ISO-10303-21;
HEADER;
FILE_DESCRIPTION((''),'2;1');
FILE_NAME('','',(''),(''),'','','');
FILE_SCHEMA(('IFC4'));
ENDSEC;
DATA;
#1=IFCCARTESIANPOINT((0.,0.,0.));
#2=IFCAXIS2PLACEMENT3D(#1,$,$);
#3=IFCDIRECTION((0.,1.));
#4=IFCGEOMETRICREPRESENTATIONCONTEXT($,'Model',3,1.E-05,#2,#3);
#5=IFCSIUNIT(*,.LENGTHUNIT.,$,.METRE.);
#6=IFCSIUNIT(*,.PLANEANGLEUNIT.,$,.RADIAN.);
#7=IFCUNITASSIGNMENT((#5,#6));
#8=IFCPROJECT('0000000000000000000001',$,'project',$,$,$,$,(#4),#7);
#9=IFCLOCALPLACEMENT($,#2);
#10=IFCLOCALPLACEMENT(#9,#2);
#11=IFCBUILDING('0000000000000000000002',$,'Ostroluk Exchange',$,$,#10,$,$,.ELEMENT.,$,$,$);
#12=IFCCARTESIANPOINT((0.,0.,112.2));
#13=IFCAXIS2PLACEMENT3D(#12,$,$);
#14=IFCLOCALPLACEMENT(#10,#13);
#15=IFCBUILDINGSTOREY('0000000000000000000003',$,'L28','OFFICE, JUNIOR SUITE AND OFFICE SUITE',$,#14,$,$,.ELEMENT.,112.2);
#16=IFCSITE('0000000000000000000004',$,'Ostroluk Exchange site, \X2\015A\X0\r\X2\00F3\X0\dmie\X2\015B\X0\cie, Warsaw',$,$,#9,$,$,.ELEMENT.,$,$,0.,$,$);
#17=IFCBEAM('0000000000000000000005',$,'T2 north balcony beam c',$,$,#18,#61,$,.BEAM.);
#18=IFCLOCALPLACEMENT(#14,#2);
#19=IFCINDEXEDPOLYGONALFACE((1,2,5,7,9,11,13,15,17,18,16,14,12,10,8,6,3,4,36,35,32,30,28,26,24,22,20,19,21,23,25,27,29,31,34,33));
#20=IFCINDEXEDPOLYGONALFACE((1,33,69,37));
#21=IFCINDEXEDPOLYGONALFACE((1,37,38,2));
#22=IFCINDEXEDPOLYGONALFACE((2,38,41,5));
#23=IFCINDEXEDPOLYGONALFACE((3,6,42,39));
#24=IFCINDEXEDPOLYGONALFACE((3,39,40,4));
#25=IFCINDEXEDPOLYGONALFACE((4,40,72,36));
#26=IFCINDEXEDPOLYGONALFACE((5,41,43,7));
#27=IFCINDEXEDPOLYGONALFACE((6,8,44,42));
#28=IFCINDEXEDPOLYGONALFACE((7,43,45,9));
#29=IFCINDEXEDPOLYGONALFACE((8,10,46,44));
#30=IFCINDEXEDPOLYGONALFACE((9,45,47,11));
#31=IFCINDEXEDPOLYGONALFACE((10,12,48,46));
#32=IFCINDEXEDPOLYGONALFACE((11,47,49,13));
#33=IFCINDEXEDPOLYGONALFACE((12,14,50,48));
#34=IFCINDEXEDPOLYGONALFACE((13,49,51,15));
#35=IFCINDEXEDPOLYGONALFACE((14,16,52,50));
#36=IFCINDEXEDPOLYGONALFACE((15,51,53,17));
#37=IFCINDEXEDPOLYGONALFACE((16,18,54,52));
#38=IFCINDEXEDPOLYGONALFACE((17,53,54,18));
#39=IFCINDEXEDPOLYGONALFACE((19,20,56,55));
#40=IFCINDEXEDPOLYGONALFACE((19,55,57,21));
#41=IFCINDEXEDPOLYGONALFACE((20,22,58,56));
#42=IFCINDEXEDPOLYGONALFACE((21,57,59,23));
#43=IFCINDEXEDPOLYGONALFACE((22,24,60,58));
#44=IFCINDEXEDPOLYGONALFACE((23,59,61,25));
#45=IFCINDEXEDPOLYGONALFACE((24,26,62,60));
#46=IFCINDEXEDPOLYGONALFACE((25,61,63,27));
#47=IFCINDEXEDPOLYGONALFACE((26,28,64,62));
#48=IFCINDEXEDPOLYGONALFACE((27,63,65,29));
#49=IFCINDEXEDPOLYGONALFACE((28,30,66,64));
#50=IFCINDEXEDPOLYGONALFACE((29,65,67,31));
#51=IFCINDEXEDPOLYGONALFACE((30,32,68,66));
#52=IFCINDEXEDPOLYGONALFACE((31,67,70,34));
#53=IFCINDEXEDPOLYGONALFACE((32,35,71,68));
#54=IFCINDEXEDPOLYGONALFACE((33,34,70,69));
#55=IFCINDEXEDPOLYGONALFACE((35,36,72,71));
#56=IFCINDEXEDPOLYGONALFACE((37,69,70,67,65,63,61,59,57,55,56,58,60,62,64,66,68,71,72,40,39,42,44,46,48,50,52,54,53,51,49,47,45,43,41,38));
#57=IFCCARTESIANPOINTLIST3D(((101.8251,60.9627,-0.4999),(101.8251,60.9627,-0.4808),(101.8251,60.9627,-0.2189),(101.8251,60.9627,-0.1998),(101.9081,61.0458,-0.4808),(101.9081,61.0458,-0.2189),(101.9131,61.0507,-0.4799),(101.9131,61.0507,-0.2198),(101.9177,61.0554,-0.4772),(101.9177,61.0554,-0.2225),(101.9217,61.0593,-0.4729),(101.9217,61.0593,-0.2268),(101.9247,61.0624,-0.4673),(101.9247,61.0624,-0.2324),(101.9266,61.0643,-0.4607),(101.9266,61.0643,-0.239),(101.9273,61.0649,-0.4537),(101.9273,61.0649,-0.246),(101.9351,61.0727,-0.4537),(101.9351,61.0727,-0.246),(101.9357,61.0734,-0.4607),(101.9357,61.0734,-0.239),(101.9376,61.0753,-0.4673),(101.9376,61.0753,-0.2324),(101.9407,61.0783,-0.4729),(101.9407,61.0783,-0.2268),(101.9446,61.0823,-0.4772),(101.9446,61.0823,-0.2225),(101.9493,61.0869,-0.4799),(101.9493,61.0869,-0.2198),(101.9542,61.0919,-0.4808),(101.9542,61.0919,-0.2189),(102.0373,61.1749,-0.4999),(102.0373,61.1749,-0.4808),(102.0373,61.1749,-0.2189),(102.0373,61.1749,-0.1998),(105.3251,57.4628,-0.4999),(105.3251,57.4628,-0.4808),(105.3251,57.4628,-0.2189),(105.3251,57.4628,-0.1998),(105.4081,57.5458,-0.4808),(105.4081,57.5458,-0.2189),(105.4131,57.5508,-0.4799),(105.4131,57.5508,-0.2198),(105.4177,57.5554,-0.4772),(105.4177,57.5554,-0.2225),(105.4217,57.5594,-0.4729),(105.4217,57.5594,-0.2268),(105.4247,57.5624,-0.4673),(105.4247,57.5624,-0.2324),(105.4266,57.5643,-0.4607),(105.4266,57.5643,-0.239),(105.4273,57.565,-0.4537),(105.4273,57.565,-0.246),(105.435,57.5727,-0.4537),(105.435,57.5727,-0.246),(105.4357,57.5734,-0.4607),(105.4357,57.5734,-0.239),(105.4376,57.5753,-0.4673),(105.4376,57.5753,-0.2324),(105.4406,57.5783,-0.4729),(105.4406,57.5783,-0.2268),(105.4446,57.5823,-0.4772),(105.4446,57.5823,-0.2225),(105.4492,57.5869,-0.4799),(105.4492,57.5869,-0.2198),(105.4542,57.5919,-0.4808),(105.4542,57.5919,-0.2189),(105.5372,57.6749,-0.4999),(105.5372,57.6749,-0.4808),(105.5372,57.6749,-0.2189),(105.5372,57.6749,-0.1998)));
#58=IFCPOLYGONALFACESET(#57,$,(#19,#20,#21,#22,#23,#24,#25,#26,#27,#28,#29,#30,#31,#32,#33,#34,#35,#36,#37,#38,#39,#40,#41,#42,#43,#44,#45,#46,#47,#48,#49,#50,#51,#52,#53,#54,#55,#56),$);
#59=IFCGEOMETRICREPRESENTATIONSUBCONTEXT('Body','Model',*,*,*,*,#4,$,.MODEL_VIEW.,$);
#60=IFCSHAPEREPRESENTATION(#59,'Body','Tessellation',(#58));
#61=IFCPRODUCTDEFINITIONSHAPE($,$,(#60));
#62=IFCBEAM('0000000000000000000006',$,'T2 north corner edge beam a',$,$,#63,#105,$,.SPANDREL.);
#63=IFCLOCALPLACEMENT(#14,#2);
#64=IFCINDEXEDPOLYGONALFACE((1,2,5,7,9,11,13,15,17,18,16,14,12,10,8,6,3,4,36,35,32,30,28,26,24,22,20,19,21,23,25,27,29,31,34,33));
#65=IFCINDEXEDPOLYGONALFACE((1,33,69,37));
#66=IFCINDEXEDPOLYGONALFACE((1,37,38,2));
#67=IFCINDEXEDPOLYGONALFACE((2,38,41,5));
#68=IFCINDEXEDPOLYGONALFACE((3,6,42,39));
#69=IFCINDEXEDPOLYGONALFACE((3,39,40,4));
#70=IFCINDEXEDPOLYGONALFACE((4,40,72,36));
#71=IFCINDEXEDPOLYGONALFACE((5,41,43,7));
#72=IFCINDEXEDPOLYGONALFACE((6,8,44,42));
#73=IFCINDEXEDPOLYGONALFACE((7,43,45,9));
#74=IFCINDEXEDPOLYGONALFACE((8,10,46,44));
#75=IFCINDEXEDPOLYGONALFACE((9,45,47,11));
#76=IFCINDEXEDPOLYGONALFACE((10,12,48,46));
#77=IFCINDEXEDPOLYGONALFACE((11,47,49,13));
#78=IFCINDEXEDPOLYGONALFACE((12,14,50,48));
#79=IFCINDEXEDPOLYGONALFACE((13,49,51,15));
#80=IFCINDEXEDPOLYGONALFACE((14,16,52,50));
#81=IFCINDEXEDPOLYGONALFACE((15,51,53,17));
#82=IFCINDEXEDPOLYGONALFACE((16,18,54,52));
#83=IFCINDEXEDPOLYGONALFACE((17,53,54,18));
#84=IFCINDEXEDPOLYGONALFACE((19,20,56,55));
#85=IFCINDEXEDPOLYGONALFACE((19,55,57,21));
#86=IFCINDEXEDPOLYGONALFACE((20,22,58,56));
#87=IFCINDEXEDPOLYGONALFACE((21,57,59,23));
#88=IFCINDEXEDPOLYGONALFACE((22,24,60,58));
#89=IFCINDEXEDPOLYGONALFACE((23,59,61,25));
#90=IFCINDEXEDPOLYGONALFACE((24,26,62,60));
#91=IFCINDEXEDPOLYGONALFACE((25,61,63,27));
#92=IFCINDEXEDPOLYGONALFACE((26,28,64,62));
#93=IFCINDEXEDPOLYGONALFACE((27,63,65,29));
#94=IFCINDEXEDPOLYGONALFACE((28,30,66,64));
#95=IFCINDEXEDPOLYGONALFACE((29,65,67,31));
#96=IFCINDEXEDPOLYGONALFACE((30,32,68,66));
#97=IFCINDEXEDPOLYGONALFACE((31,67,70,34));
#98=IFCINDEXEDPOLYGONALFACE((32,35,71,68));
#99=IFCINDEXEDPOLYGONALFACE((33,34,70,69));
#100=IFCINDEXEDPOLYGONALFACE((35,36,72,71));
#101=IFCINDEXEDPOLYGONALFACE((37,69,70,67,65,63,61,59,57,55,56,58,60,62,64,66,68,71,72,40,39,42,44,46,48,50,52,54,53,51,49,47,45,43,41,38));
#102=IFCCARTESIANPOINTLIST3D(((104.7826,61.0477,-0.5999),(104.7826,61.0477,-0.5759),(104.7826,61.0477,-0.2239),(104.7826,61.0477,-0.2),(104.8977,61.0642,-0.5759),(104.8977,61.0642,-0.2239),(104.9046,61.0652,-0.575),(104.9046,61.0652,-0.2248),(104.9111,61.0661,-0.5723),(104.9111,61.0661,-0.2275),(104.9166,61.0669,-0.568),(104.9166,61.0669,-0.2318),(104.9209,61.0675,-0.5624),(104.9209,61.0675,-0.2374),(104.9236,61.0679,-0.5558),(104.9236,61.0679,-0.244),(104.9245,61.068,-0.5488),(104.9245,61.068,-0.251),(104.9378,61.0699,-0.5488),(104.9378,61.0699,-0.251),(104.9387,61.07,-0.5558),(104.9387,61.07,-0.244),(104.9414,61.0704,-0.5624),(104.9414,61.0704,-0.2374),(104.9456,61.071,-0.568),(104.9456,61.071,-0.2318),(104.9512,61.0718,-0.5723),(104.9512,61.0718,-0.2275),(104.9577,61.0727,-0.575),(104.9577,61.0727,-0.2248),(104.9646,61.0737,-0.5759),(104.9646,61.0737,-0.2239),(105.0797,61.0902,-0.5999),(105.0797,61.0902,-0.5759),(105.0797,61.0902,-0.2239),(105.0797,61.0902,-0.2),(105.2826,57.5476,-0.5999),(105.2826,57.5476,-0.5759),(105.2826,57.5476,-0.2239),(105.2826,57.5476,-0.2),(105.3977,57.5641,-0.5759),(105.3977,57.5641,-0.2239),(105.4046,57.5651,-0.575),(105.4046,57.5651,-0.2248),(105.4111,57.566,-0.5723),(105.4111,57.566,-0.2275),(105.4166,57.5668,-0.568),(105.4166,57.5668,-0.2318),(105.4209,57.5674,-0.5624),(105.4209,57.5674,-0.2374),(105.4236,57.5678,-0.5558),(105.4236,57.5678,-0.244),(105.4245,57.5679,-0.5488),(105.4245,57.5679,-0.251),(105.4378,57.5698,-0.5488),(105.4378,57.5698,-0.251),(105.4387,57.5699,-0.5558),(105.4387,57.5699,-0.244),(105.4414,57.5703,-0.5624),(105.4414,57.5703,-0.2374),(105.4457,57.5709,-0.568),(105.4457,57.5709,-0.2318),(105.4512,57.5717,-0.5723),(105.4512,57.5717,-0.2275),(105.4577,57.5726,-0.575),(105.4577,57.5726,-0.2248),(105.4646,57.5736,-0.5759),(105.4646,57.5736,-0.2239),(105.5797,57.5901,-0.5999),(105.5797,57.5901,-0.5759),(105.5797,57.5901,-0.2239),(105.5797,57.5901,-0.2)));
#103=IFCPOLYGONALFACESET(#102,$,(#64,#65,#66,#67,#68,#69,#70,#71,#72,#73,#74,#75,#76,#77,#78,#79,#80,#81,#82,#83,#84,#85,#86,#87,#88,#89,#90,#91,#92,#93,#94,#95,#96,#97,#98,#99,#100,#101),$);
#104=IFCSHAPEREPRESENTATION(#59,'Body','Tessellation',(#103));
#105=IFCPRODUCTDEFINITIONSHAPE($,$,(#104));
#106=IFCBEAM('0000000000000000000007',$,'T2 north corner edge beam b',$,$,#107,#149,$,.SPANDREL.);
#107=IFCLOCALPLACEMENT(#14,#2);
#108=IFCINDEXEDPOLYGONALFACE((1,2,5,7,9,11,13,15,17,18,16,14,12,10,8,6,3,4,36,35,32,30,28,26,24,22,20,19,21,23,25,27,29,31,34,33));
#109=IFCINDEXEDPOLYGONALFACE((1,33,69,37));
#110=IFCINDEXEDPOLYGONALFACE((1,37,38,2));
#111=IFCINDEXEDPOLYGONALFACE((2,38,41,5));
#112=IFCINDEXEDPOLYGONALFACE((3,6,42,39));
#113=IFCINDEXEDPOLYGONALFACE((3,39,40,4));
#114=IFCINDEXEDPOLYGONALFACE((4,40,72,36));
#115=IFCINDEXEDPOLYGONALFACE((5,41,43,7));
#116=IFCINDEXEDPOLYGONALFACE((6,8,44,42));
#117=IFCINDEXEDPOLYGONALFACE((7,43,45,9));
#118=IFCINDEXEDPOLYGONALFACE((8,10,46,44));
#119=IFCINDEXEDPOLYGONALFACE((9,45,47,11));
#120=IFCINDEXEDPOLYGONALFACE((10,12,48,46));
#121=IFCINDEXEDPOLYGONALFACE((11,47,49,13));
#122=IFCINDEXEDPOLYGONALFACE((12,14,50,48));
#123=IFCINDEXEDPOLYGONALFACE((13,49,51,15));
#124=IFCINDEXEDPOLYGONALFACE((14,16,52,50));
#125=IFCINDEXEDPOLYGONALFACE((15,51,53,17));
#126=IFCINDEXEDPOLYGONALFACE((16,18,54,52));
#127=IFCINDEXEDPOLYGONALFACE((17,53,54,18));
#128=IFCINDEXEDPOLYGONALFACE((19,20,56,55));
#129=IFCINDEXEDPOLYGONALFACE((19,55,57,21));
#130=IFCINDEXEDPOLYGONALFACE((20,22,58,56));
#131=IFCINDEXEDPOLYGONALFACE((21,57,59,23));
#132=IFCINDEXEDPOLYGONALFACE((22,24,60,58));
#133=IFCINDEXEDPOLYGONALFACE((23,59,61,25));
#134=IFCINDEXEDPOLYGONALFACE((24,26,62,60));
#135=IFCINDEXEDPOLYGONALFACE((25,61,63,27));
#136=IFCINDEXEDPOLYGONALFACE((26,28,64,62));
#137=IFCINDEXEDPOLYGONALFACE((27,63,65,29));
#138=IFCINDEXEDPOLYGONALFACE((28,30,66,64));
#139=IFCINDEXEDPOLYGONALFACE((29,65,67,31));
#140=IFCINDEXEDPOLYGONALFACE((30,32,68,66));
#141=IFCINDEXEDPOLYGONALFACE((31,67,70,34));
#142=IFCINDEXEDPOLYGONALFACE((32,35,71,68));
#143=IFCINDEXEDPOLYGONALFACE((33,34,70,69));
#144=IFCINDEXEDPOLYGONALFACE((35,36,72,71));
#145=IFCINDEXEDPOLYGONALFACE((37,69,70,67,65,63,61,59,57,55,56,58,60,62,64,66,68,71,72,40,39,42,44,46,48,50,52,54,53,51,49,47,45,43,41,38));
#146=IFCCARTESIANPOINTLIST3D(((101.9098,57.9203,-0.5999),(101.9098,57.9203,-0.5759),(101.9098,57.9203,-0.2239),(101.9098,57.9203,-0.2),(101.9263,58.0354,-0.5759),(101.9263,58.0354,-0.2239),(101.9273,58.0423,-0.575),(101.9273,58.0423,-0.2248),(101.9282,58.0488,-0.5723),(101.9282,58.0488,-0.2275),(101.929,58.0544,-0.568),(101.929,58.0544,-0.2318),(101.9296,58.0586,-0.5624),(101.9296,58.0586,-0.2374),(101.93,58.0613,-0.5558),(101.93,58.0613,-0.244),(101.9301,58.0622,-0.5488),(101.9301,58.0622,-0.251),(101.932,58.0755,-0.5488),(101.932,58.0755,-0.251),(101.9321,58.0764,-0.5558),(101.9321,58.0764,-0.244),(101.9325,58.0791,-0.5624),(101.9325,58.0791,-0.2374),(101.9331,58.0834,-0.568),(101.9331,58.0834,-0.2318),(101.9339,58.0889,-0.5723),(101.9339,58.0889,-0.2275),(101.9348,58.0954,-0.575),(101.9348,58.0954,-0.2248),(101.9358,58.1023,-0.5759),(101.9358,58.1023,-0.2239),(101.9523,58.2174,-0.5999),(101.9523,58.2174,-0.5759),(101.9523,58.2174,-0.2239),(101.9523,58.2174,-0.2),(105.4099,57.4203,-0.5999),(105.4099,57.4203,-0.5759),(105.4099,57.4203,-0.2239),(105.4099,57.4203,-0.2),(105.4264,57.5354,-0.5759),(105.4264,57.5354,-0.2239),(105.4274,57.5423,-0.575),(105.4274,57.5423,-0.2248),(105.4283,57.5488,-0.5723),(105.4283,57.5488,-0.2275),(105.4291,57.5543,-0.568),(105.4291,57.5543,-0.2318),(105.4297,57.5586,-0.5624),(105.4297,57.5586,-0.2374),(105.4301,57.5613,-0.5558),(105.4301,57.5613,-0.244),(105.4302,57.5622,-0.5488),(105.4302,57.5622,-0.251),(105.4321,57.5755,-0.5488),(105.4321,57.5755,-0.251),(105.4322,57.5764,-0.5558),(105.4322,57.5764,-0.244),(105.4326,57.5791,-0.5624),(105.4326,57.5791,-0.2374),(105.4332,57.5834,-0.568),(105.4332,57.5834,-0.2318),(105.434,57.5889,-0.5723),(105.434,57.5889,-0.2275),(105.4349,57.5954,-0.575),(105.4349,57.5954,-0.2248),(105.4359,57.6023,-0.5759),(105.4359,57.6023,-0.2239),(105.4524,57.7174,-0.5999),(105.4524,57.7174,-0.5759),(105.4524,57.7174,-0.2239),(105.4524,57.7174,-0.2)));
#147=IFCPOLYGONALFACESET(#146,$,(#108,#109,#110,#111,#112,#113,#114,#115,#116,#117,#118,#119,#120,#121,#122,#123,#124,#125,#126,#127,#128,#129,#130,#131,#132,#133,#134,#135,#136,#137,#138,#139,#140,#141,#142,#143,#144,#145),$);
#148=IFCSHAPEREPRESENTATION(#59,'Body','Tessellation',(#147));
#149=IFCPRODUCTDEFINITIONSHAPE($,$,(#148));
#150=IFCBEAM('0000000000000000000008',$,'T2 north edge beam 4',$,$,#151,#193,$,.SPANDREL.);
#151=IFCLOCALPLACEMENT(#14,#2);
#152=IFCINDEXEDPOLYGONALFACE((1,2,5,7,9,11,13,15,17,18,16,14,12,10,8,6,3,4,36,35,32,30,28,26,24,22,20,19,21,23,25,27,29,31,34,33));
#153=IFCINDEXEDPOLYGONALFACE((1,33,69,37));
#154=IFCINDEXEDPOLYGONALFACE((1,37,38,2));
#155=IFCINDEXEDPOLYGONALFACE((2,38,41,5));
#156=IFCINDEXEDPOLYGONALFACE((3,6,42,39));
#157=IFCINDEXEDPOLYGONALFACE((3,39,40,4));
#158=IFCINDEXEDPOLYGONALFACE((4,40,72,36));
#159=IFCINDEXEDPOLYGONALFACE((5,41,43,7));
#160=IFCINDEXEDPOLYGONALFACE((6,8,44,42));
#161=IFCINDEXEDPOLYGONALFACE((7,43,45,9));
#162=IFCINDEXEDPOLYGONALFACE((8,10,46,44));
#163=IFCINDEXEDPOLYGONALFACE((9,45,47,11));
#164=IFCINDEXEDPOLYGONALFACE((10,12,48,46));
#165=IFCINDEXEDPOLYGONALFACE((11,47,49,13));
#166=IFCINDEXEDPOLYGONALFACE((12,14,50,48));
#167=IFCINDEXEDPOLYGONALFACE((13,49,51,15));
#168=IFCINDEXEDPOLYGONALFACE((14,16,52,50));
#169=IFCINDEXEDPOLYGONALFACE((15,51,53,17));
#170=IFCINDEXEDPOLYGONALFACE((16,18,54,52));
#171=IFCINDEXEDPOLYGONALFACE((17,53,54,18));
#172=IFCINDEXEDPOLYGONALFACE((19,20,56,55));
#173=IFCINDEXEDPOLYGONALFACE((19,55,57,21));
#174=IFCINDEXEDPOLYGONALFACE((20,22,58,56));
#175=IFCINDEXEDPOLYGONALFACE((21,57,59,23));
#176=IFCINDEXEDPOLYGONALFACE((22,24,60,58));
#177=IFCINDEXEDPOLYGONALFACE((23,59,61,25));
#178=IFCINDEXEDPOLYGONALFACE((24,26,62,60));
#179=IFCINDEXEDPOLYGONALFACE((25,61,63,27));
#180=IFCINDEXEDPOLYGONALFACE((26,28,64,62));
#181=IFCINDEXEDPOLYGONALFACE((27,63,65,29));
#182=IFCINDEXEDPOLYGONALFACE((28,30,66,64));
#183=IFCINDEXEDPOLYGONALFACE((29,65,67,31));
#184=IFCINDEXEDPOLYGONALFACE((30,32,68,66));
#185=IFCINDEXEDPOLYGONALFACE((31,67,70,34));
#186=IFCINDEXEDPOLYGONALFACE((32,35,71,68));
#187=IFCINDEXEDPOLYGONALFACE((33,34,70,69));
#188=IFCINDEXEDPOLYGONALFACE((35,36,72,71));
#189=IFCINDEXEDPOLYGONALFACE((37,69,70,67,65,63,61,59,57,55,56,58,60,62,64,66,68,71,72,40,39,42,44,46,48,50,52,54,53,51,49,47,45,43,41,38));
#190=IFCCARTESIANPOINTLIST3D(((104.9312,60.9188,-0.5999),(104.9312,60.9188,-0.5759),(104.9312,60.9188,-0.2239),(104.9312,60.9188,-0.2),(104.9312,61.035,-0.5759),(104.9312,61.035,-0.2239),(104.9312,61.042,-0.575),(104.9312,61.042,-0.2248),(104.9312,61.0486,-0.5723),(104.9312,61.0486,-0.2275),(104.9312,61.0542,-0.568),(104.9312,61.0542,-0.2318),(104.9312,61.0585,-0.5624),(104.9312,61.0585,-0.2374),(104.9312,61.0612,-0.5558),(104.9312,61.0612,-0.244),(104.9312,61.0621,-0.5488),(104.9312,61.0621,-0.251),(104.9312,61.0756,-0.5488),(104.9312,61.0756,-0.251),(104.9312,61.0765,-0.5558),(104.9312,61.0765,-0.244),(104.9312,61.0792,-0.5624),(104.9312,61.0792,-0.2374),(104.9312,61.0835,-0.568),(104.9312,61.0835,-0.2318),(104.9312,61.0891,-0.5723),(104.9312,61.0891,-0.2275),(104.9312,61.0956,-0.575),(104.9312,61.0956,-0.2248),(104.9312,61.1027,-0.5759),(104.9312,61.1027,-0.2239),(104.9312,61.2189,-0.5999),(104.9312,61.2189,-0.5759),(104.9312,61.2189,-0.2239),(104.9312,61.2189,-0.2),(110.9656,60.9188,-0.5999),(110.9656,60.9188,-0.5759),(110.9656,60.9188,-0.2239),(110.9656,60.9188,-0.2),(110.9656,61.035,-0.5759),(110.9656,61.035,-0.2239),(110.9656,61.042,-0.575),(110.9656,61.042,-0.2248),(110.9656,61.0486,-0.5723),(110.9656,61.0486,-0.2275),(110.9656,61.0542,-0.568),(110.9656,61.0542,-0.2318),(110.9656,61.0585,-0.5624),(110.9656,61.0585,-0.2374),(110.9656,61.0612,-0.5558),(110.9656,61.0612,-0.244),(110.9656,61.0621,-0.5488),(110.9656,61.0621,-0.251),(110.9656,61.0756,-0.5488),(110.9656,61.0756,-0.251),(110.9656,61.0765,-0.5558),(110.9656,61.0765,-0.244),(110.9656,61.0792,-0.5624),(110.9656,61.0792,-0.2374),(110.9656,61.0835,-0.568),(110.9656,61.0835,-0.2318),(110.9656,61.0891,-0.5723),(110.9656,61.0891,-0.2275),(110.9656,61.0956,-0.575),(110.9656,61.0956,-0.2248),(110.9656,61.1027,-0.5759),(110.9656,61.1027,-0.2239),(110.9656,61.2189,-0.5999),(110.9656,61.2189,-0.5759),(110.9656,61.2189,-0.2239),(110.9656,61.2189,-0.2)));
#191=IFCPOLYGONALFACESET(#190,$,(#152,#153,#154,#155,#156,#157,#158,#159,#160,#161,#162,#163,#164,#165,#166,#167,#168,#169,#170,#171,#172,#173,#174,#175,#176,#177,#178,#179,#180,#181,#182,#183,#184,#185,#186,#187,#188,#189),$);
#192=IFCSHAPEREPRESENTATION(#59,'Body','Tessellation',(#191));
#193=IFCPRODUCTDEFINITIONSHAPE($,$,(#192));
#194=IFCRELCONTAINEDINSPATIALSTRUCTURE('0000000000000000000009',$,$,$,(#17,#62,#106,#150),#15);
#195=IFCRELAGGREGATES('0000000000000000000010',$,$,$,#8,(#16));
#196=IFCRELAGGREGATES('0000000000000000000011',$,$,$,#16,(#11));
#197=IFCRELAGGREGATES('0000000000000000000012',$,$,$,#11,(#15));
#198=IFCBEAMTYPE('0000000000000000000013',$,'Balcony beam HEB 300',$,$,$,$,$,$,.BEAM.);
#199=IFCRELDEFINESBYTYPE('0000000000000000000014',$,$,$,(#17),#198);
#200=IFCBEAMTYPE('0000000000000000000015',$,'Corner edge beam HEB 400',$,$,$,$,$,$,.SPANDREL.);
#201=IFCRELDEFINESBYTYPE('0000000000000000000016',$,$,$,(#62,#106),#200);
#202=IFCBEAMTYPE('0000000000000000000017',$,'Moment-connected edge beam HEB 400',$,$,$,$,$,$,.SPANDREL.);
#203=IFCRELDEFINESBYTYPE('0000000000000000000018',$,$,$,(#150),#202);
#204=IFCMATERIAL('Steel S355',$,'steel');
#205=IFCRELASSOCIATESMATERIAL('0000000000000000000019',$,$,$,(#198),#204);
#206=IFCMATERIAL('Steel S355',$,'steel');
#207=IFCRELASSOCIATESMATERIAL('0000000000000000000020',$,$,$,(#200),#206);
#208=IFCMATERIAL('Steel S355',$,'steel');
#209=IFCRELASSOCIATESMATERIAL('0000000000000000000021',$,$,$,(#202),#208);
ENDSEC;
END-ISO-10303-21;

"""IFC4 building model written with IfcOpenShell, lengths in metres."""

from ifc_helpers import new_model, si_unit, direction, frame, origin, origin_2d, place, context, subcontext, project, spatial, i_section, extrude, material, material_profile, profile_set, type_object, element, save


model = new_model("IFC4")

# Units and contexts
model_context = context("Model", 3, precision=1e-05, world=origin(), true_north=direction((0.0, 1.0)))
body_context = subcontext(model_context, "Body", "Model", "MODEL_VIEW")
ifc_project = project(units=[si_unit("LENGTHUNIT", "METRE"), si_unit("PLANEANGLEUNIT", "RADIAN")], contexts=[model_context])

# Site, building, storey
site_placement = place(None, origin())
site = spatial("IfcSite", under=ifc_project, at=site_placement, Name="Ostroluk Exchange site, Śródmieście, Warsaw", CompositionType="ELEMENT", RefElevation=0.0)
building_placement = place(site_placement, origin())
building = spatial("IfcBuilding", under=site, at=building_placement, Name="Ostroluk Exchange", CompositionType="ELEMENT")
storey_placement = place(building_placement, frame((0.0, 0.0, 112.2)))
storey = spatial("IfcBuildingStorey", under=building, at=storey_placement, Name="L28", Description="OFFICE, JUNIOR SUITE AND OFFICE SUITE", CompositionType="ELEMENT", Elevation=112.2)

# Beams
ifc_material_1 = material(Name="Steel S355", Category="steel")
ifc_material_profile_1 = material_profile(ifc_material_1, i_section(OverallWidth=0.3, OverallDepth=0.3, WebThickness=0.011, FlangeThickness=0.019, FilletRadius=0.0271, at=origin_2d()), Name="HEB 300")
ifc_profile_set_1 = profile_set([ifc_material_profile_1], Name="Steel S355")
beam_type_1 = type_object("IfcBeamType", Name="Balcony beam HEB 300", PredefinedType="BEAM", material=ifc_profile_set_1)
beam_1_placement = place(storey_placement, frame((105.4312, 57.5688, -0.3499), z_axis=(-0.707107, 0.707107, 0.0), x_axis=(-0.707107, -0.707107, 0.0)))
element("IfcBeam", 1, at=beam_1_placement, inside=storey, type_object=beam_type_1, Name="T2 north balcony beam c", PredefinedType="BEAM", context=body_context, shape_type="SweptSolid", body=[
    extrude(i_section(OverallWidth=0.3, OverallDepth=0.3, WebThickness=0.011, FlangeThickness=0.019, FilletRadius=0.0271, at=origin_2d()), origin(), (0.0, 0.0, 1.0), 4.9497),
])
ifc_material_2 = material(Name="Steel S355", Category="steel")
ifc_material_profile_2 = material_profile(ifc_material_2, i_section(OverallWidth=0.3, OverallDepth=0.3999, WebThickness=0.0134, FlangeThickness=0.0239, FilletRadius=0.0271, at=origin_2d()), Name="HEB 400")
ifc_profile_set_2 = profile_set([ifc_material_profile_2], Name="Steel S355")
beam_type_2 = type_object("IfcBeamType", Name="Corner edge beam HEB 400", PredefinedType="SPANDREL", material=ifc_profile_set_2)
for number, where, z_axis, x_axis, name in (
    (2, (105.4312, 57.5688, -0.3999), (-0.141421, 0.989949, 0.0), (-0.989949, -0.141421, 0.0), "T2 north corner edge beam a"),
    (3, (105.4312, 57.5688, -0.3999), (-0.989949, 0.141421, 0.0), (-0.141421, -0.989949, 0.0), "T2 north corner edge beam b"),
):
    element("IfcBeam", number, at=place(storey_placement, frame(where, z_axis=z_axis, x_axis=x_axis)), inside=storey, type_object=beam_type_2, Name=name, PredefinedType="SPANDREL", context=body_context, shape_type="SweptSolid", body=[
        extrude(i_section(OverallWidth=0.3, OverallDepth=0.3999, WebThickness=0.0134, FlangeThickness=0.0239, FilletRadius=0.0271, at=origin_2d()), origin(), (0.0, 0.0, 1.0), 3.5356),
    ])
ifc_material_3 = material(Name="Steel S355", Category="steel")
ifc_material_profile_3 = material_profile(ifc_material_3, i_section(OverallWidth=0.3, OverallDepth=0.3999, WebThickness=0.0134, FlangeThickness=0.0239, FilletRadius=0.0271, at=origin_2d()), Name="HEB 400")
ifc_profile_set_3 = profile_set([ifc_material_profile_3], Name="Steel S355")
beam_type_3 = type_object("IfcBeamType", Name="Moment-connected edge beam HEB 400", PredefinedType="SPANDREL", material=ifc_profile_set_3)
for number, where, z_axis, x_axis, name in (
    (4, (110.9656, 61.0688, -0.3999), (-1.0, 0.0, 0.0), (0.0, -1.0, 0.0), "T2 north edge beam 4"),
):
    element("IfcBeam", number, at=place(storey_placement, frame(where, z_axis=z_axis, x_axis=x_axis)), inside=storey, type_object=beam_type_3, Name=name, PredefinedType="SPANDREL", context=body_context, shape_type="SweptSolid", body=[
        extrude(i_section(OverallWidth=0.3, OverallDepth=0.3999, WebThickness=0.0134, FlangeThickness=0.0239, FilletRadius=0.0271, at=origin_2d()), origin(), (0.0, 0.0, 1.0), 6.0344),
    ])

save(model, "model.ifc")
